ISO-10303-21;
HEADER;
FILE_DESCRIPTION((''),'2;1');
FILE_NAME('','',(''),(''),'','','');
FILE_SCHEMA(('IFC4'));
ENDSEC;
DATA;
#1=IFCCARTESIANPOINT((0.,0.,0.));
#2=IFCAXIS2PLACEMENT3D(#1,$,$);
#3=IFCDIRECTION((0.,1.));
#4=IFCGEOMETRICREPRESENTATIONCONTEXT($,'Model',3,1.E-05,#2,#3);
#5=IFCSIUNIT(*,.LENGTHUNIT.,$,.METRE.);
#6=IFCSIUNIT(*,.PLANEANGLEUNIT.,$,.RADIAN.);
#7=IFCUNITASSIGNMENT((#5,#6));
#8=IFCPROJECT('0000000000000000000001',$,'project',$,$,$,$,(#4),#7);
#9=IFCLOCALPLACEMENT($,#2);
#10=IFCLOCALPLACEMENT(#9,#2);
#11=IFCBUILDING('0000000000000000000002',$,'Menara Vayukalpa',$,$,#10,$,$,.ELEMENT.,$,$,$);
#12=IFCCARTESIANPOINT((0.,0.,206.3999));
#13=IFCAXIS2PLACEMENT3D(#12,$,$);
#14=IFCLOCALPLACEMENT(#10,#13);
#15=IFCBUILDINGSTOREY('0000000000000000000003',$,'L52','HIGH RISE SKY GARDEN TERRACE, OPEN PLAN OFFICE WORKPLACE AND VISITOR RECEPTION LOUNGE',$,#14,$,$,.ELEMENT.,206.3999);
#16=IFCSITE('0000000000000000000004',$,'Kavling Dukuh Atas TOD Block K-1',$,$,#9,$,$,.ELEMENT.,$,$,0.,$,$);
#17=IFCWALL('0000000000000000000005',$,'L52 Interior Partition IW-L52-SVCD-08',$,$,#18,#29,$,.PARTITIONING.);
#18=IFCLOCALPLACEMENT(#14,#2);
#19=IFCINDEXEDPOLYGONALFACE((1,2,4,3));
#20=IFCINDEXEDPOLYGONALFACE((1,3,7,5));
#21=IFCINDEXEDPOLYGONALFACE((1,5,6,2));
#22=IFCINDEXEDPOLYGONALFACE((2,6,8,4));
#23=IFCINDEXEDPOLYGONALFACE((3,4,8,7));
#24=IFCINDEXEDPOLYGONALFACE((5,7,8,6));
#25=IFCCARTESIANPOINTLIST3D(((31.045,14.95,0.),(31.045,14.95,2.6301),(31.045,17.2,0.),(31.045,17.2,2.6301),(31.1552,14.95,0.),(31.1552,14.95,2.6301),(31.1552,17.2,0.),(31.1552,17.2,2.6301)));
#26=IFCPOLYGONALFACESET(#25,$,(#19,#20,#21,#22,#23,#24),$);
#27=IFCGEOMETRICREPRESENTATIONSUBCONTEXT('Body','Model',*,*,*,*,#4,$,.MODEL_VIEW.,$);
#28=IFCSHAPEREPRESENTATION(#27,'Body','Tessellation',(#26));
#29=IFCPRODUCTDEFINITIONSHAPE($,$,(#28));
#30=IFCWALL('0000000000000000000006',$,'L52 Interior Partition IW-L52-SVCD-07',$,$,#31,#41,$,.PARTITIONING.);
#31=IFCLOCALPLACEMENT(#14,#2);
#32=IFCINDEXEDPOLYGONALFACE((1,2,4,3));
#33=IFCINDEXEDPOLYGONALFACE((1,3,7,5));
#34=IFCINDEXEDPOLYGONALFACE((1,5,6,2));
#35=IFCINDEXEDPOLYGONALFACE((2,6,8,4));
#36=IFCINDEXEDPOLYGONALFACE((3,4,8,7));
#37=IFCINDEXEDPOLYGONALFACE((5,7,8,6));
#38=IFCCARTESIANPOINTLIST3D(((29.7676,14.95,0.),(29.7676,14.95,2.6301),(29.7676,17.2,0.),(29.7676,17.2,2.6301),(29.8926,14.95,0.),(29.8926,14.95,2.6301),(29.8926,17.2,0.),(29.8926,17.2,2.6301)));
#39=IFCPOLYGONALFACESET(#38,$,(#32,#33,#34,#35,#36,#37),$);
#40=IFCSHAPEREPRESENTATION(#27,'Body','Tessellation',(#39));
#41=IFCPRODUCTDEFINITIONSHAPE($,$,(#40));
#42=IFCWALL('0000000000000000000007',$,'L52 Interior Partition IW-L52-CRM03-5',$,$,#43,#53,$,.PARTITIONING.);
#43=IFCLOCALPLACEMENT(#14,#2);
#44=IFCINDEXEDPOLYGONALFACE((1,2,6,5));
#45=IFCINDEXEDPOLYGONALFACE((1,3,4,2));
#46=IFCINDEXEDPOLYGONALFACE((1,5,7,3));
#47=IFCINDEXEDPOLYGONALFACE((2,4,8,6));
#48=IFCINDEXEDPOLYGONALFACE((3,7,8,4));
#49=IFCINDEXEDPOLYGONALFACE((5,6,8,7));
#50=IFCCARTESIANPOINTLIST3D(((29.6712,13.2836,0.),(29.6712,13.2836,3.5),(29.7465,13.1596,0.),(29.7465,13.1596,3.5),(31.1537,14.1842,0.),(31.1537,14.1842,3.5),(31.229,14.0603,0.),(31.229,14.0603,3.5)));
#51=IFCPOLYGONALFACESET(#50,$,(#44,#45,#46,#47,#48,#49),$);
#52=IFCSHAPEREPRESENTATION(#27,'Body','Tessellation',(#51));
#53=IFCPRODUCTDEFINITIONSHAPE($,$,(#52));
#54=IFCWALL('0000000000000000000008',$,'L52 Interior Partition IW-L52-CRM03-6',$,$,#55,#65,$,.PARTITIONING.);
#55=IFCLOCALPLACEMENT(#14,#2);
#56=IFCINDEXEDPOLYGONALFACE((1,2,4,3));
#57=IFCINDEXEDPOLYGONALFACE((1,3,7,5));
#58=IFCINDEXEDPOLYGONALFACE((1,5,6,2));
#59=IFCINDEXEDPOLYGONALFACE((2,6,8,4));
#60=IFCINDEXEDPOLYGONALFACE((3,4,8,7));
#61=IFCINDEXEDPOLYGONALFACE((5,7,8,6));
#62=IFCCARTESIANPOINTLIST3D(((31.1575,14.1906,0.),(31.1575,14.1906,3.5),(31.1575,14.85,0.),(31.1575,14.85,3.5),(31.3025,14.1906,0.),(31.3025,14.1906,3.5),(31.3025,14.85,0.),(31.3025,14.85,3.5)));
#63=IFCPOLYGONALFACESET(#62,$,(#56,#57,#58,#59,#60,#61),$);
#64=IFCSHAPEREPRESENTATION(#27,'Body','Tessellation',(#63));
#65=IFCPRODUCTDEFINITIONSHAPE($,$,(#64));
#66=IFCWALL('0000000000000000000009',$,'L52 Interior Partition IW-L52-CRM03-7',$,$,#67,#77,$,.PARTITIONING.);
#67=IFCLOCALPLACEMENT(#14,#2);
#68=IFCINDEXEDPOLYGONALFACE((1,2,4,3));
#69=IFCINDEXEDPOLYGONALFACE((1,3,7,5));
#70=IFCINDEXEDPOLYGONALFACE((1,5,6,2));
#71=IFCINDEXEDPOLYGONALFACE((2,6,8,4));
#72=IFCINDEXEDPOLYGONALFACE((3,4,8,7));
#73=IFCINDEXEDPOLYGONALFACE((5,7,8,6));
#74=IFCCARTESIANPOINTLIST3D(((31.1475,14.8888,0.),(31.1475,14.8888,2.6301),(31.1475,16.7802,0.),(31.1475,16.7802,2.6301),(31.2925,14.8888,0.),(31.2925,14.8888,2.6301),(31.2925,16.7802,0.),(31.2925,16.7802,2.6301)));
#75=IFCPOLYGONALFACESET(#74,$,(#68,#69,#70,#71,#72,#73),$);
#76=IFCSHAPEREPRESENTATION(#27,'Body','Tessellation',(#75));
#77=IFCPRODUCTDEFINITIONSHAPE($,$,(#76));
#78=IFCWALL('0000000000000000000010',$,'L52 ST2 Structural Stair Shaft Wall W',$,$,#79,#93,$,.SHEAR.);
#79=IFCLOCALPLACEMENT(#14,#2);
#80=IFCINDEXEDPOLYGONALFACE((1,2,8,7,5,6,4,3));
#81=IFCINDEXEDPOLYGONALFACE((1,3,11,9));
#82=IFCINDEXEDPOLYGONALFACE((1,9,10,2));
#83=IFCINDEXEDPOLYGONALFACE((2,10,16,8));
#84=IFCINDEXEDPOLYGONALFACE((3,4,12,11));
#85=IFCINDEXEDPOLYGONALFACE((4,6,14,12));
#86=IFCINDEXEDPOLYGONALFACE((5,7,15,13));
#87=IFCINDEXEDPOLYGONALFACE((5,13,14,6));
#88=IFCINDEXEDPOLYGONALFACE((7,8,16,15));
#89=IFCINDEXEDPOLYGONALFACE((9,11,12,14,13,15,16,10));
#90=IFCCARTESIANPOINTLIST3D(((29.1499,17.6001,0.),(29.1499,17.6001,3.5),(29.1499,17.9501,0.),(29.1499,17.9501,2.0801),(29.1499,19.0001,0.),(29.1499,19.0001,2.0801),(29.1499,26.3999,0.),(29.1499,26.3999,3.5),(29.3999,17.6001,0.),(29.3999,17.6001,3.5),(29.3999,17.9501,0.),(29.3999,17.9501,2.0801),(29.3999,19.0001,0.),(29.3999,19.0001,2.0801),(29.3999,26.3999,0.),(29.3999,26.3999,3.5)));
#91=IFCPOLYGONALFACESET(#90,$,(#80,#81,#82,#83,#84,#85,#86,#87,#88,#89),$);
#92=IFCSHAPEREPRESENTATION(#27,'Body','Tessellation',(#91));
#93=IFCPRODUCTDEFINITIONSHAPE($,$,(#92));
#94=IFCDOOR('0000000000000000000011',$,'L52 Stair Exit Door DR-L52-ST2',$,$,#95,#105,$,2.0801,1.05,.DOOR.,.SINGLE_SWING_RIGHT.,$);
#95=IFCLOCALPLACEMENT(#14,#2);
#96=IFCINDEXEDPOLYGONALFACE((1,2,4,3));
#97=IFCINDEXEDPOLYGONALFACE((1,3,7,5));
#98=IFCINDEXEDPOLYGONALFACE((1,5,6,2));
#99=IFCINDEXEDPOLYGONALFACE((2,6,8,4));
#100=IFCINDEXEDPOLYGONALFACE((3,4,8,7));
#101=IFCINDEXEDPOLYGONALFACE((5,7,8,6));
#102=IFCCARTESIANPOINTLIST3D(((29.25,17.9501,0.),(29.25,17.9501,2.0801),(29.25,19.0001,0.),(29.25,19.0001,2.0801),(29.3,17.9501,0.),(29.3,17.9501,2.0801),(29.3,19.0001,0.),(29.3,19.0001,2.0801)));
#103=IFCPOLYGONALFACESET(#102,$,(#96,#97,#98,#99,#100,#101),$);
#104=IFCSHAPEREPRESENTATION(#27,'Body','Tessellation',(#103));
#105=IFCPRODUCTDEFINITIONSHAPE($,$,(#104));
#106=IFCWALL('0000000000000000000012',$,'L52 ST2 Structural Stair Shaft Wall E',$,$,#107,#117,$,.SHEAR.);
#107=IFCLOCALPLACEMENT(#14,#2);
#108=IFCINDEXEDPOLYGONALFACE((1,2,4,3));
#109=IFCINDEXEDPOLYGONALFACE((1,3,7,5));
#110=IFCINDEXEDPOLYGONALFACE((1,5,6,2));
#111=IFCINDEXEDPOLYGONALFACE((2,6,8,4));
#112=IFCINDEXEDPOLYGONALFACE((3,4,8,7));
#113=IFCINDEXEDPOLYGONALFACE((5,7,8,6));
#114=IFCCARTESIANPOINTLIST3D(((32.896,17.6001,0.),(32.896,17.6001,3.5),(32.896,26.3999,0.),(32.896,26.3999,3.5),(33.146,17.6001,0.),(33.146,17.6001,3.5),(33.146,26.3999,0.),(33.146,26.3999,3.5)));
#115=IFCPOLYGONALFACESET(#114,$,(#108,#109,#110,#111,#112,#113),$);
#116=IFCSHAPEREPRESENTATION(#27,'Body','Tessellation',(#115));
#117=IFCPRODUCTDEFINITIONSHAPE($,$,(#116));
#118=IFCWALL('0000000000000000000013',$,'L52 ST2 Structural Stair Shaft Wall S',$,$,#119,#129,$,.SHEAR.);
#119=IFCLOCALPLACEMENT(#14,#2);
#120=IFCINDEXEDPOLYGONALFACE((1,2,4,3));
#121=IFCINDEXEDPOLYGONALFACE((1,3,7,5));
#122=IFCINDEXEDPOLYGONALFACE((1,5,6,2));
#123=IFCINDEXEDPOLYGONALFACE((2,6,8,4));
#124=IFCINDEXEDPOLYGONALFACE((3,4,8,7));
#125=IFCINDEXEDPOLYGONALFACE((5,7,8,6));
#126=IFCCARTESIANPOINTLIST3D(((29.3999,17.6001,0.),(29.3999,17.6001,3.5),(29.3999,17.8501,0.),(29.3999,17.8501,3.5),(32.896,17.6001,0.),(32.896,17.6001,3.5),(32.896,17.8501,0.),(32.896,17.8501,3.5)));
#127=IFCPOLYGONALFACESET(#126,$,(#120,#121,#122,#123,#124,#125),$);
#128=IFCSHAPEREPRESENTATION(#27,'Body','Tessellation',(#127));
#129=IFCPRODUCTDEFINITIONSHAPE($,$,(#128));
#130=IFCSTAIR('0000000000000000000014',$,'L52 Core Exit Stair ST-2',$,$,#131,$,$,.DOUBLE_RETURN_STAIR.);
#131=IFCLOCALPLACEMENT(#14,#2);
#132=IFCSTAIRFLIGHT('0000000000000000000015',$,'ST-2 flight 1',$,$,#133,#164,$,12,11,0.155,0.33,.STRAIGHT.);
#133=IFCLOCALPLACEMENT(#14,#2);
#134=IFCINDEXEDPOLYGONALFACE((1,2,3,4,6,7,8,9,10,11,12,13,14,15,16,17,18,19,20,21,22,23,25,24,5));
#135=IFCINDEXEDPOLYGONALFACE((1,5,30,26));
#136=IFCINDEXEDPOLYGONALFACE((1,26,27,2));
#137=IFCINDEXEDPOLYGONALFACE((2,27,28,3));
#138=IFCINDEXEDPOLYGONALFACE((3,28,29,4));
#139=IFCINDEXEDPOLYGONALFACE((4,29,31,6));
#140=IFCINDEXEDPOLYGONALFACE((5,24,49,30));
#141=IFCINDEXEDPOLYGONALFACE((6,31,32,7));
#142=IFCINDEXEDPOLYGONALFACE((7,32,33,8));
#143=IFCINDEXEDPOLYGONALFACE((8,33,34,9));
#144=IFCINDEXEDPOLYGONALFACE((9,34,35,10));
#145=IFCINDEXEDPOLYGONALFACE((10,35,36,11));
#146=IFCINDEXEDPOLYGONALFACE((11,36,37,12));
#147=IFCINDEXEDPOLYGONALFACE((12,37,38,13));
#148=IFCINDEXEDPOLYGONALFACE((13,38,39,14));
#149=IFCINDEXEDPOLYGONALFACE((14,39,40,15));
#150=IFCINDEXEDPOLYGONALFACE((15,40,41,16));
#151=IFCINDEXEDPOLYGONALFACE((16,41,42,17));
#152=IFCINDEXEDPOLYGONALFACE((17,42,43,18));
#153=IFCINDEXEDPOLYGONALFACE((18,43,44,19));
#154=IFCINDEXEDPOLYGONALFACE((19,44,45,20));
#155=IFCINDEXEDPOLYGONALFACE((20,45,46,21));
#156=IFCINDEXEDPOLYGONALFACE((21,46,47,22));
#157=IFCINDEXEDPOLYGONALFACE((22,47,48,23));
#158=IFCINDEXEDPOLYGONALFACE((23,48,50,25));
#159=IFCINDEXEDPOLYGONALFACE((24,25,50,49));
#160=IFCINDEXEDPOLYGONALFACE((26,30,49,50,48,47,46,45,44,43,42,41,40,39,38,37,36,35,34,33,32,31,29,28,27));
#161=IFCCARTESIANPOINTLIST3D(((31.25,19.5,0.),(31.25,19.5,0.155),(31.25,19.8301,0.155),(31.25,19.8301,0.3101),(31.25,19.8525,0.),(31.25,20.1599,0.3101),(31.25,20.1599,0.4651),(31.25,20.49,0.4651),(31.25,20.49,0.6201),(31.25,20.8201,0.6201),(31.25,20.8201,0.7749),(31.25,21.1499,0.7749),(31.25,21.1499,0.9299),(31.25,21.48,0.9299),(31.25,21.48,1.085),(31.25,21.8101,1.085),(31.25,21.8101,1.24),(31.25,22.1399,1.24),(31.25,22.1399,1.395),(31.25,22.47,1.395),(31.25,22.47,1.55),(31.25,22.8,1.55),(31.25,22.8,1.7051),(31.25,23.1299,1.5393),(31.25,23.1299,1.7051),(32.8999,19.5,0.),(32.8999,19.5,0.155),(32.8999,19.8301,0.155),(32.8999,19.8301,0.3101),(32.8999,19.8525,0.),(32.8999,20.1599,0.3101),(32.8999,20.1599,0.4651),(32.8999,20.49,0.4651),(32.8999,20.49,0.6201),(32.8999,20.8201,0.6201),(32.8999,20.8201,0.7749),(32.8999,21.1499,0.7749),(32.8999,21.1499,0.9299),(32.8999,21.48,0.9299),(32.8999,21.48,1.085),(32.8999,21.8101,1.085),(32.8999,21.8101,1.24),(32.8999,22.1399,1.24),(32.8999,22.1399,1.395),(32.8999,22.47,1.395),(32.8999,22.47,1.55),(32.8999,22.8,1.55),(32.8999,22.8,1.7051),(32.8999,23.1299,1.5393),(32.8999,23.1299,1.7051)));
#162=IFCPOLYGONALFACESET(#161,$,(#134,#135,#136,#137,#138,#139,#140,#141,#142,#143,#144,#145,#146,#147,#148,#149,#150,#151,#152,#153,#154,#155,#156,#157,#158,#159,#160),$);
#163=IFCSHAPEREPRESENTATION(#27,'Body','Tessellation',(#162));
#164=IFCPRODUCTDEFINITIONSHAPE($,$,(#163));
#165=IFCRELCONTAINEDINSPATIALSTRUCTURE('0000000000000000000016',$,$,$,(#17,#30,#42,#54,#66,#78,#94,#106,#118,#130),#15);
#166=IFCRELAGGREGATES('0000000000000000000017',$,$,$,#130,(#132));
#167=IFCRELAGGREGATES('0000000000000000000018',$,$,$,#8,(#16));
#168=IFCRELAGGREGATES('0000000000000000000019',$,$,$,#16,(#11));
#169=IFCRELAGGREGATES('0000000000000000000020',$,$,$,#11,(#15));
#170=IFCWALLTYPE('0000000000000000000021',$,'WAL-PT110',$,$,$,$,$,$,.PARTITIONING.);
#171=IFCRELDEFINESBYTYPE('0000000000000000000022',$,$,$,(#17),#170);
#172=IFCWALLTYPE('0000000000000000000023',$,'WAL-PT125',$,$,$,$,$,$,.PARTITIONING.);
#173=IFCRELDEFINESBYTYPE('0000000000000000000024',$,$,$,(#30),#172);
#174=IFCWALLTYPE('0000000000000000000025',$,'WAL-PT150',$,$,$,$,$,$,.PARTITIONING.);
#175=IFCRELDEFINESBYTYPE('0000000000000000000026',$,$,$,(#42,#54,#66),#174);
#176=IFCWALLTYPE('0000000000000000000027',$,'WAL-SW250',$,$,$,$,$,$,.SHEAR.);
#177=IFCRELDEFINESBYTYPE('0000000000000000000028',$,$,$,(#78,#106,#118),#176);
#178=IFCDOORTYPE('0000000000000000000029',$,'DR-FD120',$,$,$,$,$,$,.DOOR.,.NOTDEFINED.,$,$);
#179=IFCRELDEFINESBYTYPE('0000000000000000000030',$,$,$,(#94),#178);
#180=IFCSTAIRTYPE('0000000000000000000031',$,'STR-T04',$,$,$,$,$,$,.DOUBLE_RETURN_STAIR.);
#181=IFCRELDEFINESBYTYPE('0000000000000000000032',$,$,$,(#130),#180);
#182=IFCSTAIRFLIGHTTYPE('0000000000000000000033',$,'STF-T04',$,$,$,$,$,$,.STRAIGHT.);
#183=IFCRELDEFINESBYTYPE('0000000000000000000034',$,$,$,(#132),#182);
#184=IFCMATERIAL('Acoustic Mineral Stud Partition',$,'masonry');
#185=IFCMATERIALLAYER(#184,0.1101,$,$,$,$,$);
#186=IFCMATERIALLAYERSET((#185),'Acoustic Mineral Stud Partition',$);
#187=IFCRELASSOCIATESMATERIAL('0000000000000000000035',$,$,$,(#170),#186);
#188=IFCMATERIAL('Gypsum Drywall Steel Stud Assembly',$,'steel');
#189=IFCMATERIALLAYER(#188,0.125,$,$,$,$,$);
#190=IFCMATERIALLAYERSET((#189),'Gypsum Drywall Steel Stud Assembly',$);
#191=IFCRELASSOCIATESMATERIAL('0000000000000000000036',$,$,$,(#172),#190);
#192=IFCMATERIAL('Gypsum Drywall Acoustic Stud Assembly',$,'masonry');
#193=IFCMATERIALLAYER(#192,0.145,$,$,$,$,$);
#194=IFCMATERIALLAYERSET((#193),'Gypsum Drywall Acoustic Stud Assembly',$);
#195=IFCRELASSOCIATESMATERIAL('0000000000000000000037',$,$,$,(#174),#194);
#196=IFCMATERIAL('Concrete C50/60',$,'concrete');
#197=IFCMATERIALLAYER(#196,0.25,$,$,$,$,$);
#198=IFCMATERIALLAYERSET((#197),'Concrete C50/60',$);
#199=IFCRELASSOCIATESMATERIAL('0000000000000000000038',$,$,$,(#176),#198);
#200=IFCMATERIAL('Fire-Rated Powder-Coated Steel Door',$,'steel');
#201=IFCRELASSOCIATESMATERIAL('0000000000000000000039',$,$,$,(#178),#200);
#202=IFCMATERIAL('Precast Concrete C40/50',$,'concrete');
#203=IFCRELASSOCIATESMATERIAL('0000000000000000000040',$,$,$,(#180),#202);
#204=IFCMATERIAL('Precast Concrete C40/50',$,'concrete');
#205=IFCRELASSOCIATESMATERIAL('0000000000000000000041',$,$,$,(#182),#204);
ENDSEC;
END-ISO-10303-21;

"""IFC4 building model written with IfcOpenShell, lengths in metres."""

from ifc_helpers import new_model, si_unit, direction, frame, frame_2d, origin, place, context, subcontext, project, spatial, polyline, rectangle, outline, extrude, material, layer, layer_set, type_object, element, fill, aggregate, save


model = new_model("IFC4")

# Units and contexts
model_context = context("Model", 3, precision=1e-05, world=origin(), true_north=direction((0.0, 1.0)))
body_context = subcontext(model_context, "Body", "Model", "MODEL_VIEW")
ifc_project = project(units=[si_unit("LENGTHUNIT", "METRE"), si_unit("PLANEANGLEUNIT", "RADIAN")], contexts=[model_context])

# Site, building, storey
site_placement = place(None, origin())
site = spatial("IfcSite", under=ifc_project, at=site_placement, Name="Kavling Dukuh Atas TOD Block K-1", CompositionType="ELEMENT", RefElevation=0.0)
building_placement = place(site_placement, origin())
building = spatial("IfcBuilding", under=site, at=building_placement, Name="Menara Vayukalpa", CompositionType="ELEMENT")
storey_placement = place(building_placement, frame((0.0, 0.0, 206.3999)))
storey = spatial("IfcBuildingStorey", under=building, at=storey_placement, Name="L52", Description="HIGH RISE SKY GARDEN TERRACE, OPEN PLAN OFFICE WORKPLACE AND VISITOR RECEPTION LOUNGE", CompositionType="ELEMENT", Elevation=206.3999)

# Walls
ifc_material_1 = material(Name="Acoustic Mineral Stud Partition", Category="masonry")
ifc_layer_1 = layer(ifc_material_1, 0.1101)
ifc_layer_set_1 = layer_set([ifc_layer_1], Name="Acoustic Mineral Stud Partition")
wall_type_1 = type_object("IfcWallType", Name="WAL-PT110", PredefinedType="PARTITIONING", material=ifc_layer_set_1)
wall_1_placement = place(storey_placement, frame((31.1001, 14.95, 0.0), z_axis=(0.0, 0.0, 1.0), x_axis=(0.0, 1.0, 0.0)))
element("IfcWall", 1, at=wall_1_placement, inside=storey, type_object=wall_type_1, Name="L52 Interior Partition IW-L52-SVCD-08", PredefinedType="PARTITIONING", context=body_context, shape_type="SweptSolid", body=[
    extrude(rectangle(XDim=2.25, YDim=0.1101, at=frame_2d((1.125, 0.0))), origin(), (0.0, 0.0, 1.0), 2.6301),
])
ifc_material_2 = material(Name="Gypsum Drywall Steel Stud Assembly", Category="steel")
ifc_layer_2 = layer(ifc_material_2, 0.125)
ifc_layer_set_2 = layer_set([ifc_layer_2], Name="Gypsum Drywall Steel Stud Assembly")
wall_type_2 = type_object("IfcWallType", Name="WAL-PT125", PredefinedType="PARTITIONING", material=ifc_layer_set_2)
wall_2_placement = place(storey_placement, frame((29.8301, 14.95, 0.0), z_axis=(0.0, 0.0, 1.0), x_axis=(0.0, 1.0, 0.0)))
element("IfcWall", 2, at=wall_2_placement, inside=storey, type_object=wall_type_2, Name="L52 Interior Partition IW-L52-SVCD-07", PredefinedType="PARTITIONING", context=body_context, shape_type="SweptSolid", body=[
    extrude(rectangle(XDim=2.25, YDim=0.125, at=frame_2d((1.125, 0.0))), origin(), (0.0, 0.0, 1.0), 2.6301),
])
ifc_material_3 = material(Name="Gypsum Drywall Acoustic Stud Assembly", Category="masonry")
ifc_layer_3 = layer(ifc_material_3, 0.145)
ifc_layer_set_3 = layer_set([ifc_layer_3], Name="Gypsum Drywall Acoustic Stud Assembly")
wall_type_3 = type_object("IfcWallType", Name="WAL-PT150", PredefinedType="PARTITIONING", material=ifc_layer_set_3)
wall_3_placement = place(storey_placement, frame((29.709, 13.2217, 0.0), z_axis=(0.0, 0.0, 1.0), x_axis=(0.854636, 0.519228, 0.0)))
element("IfcWall", 3, at=wall_3_placement, inside=storey, type_object=wall_type_3, Name="L52 Interior Partition IW-L52-CRM03-5", PredefinedType="PARTITIONING", context=body_context, shape_type="SweptSolid", body=[
    extrude(rectangle(XDim=1.7346, YDim=0.145, at=frame_2d((0.8672, 0.0))), origin(), (0.0, 0.0, 1.0), 3.5),
])
wall_4_placement = place(storey_placement, frame((31.23, 14.1907, 0.0), z_axis=(0.0, 0.0, 1.0), x_axis=(0.0, 1.0, 0.0)))
element("IfcWall", 4, at=wall_4_placement, inside=storey, type_object=wall_type_3, Name="L52 Interior Partition IW-L52-CRM03-6", PredefinedType="PARTITIONING", context=body_context, shape_type="SweptSolid", body=[
    extrude(rectangle(XDim=0.6594, YDim=0.145, at=frame_2d((0.3296, 0.0))), origin(), (0.0, 0.0, 1.0), 3.5),
])
wall_5_placement = place(storey_placement, frame((31.22, 14.8887, 0.0), z_axis=(0.0, 0.0, 1.0), x_axis=(0.0, 1.0, 0.0)))
element("IfcWall", 5, at=wall_5_placement, inside=storey, type_object=wall_type_3, Name="L52 Interior Partition IW-L52-CRM03-7", PredefinedType="PARTITIONING", context=body_context, shape_type="SweptSolid", body=[
    extrude(rectangle(XDim=1.8914, YDim=0.145, at=frame_2d((0.9458, 0.0))), origin(), (0.0, 0.0, 1.0), 2.6301),
])

# Wall, opening, door
ifc_material_4 = material(Name="Concrete C50/60", Category="concrete")
ifc_layer_4 = layer(ifc_material_4, 0.25)
ifc_layer_set_4 = layer_set([ifc_layer_4], Name="Concrete C50/60")
wall_type_4 = type_object("IfcWallType", Name="WAL-SW250", PredefinedType="SHEAR", material=ifc_layer_set_4)
wall_6_placement = place(storey_placement, frame((29.2749, 17.6001, 0.0), z_axis=(0.0, 0.0, 1.0), x_axis=(0.0, 1.0, 0.0)))
wall_6 = element("IfcWall", 6, at=wall_6_placement, inside=storey, type_object=wall_type_4, Name="L52 ST2 Structural Stair Shaft Wall W", PredefinedType="SHEAR", context=body_context, shape_type="SweptSolid", body=[
    extrude(rectangle(XDim=8.7998, YDim=0.25, at=frame_2d((4.3999, 0.0))), origin(), (0.0, 0.0, 1.0), 3.5),
])
opening_placement = place(wall_6_placement, frame((0.3501, 0.0, 0.0)))
opening = element("IfcOpeningElement", 7, at=opening_placement, cuts=wall_6, PredefinedType="OPENING", context=body_context, shape_type="SweptSolid", body=[
    extrude(rectangle(XDim=1.05, YDim=2.0801, at=frame_2d((0.5249, 1.04))), frame((0.0, 0.135, 0.0), z_axis=(0.0, -1.0, 0.0), x_axis=(1.0, 0.0, 0.0)), (0.0, 0.0, 1.0), 0.27),
])
ifc_material_5 = material(Name="Fire-Rated Powder-Coated Steel Door", Category="steel")
door_type = type_object("IfcDoorType", Name="DR-FD120", OperationType="NOTDEFINED", PredefinedType="DOOR", material=ifc_material_5)
door_placement = place(opening_placement, origin())
door = element("IfcDoor", 8, at=door_placement, inside=storey, type_object=door_type, Name="L52 Stair Exit Door DR-L52-ST2", OperationType="SINGLE_SWING_RIGHT", OverallHeight=2.0801, OverallWidth=1.05, PredefinedType="DOOR", context=body_context, shape_type="SweptSolid", body=[
    extrude(rectangle(XDim=1.05, YDim=2.0801, at=frame_2d((0.5249, 1.04))), frame((0.0, 0.0249, 0.0), z_axis=(0.0, -1.0, 0.0), x_axis=(1.0, 0.0, 0.0)), (0.0, 0.0, 1.0), 0.05),
])
fill(opening, door)

# Walls
wall_7_placement = place(storey_placement, frame((33.021, 17.6001, 0.0), z_axis=(0.0, 0.0, 1.0), x_axis=(0.0, 1.0, 0.0)))
element("IfcWall", 9, at=wall_7_placement, inside=storey, type_object=wall_type_4, Name="L52 ST2 Structural Stair Shaft Wall E", PredefinedType="SHEAR", context=body_context, shape_type="SweptSolid", body=[
    extrude(rectangle(XDim=8.7998, YDim=0.25, at=frame_2d((4.3999, 0.0))), origin(), (0.0, 0.0, 1.0), 3.5),
])
wall_8_placement = place(storey_placement, frame((29.3999, 17.7251, 0.0), z_axis=(0.0, 0.0, 1.0), x_axis=(1.0, 0.0, 0.0)))
element("IfcWall", 10, at=wall_8_placement, inside=storey, type_object=wall_type_4, Name="L52 ST2 Structural Stair Shaft Wall S", PredefinedType="SHEAR", context=body_context, shape_type="SweptSolid", body=[
    extrude(rectangle(XDim=3.4961, YDim=0.25, at=frame_2d((1.748, 0.0))), origin(), (0.0, 0.0, 1.0), 3.5),
])

# Stair, stair flight
ifc_material_6 = material(Name="Precast Concrete C40/50", Category="concrete")
stair_type = type_object("IfcStairType", Name="STR-T04", PredefinedType="DOUBLE_RETURN_STAIR", material=ifc_material_6)
stair_placement = place(storey_placement, origin())
stair = element("IfcStair", 11, at=stair_placement, inside=storey, type_object=stair_type, Name="L52 Core Exit Stair ST-2", PredefinedType="DOUBLE_RETURN_STAIR")
ifc_material_7 = material(Name="Precast Concrete C40/50", Category="concrete")
stair_flight_type = type_object("IfcStairFlightType", Name="STF-T04", PredefinedType="STRAIGHT", material=ifc_material_7)
stair_flight_placement = place(storey_placement, frame((32.075, 19.5, 0.0), z_axis=(0.0, 0.0, 1.0), x_axis=(0.0, 1.0, 0.0)))
stair_flight = element("IfcStairFlight", 12, at=stair_flight_placement, type_object=stair_flight_type, Name="ST-2 flight 1", NumberOfRisers=12, NumberOfTreads=11, PredefinedType="STRAIGHT", RiserHeight=0.155, TreadLength=0.33, context=body_context, shape_type="SweptSolid", body=[
    extrude(outline(polyline([(0.0, 0.0), (0.0, 0.155), (0.3301, 0.155), (0.3301, 0.3101), (0.6599, 0.3101), (0.6599, 0.4651), (0.99, 0.4651), (0.99, 0.6201), (1.3201, 0.6201), (1.3201, 0.7749), (1.6499, 0.7749), (1.6499, 0.9299), (1.98, 0.9299), (1.98, 1.085), (2.3101, 1.085), (2.3101, 1.24), (2.6399, 1.24), (2.6399, 1.395), (2.97, 1.395), (2.97, 1.55), (3.3, 1.55), (3.3, 1.7051), (3.6299, 1.7051), (3.6299, 1.8601), (3.6299, 1.5393), (0.3525, 0.0), (0.0, 0.0)])), frame((0.0, 0.825, 0.0), z_axis=(0.0, -1.0, 0.0), x_axis=(1.0, 0.0, 0.0)), (0.0, 0.0, 1.0), 1.6499),
])
aggregate(stair, [stair_flight])

save(model, "model.ifc")
